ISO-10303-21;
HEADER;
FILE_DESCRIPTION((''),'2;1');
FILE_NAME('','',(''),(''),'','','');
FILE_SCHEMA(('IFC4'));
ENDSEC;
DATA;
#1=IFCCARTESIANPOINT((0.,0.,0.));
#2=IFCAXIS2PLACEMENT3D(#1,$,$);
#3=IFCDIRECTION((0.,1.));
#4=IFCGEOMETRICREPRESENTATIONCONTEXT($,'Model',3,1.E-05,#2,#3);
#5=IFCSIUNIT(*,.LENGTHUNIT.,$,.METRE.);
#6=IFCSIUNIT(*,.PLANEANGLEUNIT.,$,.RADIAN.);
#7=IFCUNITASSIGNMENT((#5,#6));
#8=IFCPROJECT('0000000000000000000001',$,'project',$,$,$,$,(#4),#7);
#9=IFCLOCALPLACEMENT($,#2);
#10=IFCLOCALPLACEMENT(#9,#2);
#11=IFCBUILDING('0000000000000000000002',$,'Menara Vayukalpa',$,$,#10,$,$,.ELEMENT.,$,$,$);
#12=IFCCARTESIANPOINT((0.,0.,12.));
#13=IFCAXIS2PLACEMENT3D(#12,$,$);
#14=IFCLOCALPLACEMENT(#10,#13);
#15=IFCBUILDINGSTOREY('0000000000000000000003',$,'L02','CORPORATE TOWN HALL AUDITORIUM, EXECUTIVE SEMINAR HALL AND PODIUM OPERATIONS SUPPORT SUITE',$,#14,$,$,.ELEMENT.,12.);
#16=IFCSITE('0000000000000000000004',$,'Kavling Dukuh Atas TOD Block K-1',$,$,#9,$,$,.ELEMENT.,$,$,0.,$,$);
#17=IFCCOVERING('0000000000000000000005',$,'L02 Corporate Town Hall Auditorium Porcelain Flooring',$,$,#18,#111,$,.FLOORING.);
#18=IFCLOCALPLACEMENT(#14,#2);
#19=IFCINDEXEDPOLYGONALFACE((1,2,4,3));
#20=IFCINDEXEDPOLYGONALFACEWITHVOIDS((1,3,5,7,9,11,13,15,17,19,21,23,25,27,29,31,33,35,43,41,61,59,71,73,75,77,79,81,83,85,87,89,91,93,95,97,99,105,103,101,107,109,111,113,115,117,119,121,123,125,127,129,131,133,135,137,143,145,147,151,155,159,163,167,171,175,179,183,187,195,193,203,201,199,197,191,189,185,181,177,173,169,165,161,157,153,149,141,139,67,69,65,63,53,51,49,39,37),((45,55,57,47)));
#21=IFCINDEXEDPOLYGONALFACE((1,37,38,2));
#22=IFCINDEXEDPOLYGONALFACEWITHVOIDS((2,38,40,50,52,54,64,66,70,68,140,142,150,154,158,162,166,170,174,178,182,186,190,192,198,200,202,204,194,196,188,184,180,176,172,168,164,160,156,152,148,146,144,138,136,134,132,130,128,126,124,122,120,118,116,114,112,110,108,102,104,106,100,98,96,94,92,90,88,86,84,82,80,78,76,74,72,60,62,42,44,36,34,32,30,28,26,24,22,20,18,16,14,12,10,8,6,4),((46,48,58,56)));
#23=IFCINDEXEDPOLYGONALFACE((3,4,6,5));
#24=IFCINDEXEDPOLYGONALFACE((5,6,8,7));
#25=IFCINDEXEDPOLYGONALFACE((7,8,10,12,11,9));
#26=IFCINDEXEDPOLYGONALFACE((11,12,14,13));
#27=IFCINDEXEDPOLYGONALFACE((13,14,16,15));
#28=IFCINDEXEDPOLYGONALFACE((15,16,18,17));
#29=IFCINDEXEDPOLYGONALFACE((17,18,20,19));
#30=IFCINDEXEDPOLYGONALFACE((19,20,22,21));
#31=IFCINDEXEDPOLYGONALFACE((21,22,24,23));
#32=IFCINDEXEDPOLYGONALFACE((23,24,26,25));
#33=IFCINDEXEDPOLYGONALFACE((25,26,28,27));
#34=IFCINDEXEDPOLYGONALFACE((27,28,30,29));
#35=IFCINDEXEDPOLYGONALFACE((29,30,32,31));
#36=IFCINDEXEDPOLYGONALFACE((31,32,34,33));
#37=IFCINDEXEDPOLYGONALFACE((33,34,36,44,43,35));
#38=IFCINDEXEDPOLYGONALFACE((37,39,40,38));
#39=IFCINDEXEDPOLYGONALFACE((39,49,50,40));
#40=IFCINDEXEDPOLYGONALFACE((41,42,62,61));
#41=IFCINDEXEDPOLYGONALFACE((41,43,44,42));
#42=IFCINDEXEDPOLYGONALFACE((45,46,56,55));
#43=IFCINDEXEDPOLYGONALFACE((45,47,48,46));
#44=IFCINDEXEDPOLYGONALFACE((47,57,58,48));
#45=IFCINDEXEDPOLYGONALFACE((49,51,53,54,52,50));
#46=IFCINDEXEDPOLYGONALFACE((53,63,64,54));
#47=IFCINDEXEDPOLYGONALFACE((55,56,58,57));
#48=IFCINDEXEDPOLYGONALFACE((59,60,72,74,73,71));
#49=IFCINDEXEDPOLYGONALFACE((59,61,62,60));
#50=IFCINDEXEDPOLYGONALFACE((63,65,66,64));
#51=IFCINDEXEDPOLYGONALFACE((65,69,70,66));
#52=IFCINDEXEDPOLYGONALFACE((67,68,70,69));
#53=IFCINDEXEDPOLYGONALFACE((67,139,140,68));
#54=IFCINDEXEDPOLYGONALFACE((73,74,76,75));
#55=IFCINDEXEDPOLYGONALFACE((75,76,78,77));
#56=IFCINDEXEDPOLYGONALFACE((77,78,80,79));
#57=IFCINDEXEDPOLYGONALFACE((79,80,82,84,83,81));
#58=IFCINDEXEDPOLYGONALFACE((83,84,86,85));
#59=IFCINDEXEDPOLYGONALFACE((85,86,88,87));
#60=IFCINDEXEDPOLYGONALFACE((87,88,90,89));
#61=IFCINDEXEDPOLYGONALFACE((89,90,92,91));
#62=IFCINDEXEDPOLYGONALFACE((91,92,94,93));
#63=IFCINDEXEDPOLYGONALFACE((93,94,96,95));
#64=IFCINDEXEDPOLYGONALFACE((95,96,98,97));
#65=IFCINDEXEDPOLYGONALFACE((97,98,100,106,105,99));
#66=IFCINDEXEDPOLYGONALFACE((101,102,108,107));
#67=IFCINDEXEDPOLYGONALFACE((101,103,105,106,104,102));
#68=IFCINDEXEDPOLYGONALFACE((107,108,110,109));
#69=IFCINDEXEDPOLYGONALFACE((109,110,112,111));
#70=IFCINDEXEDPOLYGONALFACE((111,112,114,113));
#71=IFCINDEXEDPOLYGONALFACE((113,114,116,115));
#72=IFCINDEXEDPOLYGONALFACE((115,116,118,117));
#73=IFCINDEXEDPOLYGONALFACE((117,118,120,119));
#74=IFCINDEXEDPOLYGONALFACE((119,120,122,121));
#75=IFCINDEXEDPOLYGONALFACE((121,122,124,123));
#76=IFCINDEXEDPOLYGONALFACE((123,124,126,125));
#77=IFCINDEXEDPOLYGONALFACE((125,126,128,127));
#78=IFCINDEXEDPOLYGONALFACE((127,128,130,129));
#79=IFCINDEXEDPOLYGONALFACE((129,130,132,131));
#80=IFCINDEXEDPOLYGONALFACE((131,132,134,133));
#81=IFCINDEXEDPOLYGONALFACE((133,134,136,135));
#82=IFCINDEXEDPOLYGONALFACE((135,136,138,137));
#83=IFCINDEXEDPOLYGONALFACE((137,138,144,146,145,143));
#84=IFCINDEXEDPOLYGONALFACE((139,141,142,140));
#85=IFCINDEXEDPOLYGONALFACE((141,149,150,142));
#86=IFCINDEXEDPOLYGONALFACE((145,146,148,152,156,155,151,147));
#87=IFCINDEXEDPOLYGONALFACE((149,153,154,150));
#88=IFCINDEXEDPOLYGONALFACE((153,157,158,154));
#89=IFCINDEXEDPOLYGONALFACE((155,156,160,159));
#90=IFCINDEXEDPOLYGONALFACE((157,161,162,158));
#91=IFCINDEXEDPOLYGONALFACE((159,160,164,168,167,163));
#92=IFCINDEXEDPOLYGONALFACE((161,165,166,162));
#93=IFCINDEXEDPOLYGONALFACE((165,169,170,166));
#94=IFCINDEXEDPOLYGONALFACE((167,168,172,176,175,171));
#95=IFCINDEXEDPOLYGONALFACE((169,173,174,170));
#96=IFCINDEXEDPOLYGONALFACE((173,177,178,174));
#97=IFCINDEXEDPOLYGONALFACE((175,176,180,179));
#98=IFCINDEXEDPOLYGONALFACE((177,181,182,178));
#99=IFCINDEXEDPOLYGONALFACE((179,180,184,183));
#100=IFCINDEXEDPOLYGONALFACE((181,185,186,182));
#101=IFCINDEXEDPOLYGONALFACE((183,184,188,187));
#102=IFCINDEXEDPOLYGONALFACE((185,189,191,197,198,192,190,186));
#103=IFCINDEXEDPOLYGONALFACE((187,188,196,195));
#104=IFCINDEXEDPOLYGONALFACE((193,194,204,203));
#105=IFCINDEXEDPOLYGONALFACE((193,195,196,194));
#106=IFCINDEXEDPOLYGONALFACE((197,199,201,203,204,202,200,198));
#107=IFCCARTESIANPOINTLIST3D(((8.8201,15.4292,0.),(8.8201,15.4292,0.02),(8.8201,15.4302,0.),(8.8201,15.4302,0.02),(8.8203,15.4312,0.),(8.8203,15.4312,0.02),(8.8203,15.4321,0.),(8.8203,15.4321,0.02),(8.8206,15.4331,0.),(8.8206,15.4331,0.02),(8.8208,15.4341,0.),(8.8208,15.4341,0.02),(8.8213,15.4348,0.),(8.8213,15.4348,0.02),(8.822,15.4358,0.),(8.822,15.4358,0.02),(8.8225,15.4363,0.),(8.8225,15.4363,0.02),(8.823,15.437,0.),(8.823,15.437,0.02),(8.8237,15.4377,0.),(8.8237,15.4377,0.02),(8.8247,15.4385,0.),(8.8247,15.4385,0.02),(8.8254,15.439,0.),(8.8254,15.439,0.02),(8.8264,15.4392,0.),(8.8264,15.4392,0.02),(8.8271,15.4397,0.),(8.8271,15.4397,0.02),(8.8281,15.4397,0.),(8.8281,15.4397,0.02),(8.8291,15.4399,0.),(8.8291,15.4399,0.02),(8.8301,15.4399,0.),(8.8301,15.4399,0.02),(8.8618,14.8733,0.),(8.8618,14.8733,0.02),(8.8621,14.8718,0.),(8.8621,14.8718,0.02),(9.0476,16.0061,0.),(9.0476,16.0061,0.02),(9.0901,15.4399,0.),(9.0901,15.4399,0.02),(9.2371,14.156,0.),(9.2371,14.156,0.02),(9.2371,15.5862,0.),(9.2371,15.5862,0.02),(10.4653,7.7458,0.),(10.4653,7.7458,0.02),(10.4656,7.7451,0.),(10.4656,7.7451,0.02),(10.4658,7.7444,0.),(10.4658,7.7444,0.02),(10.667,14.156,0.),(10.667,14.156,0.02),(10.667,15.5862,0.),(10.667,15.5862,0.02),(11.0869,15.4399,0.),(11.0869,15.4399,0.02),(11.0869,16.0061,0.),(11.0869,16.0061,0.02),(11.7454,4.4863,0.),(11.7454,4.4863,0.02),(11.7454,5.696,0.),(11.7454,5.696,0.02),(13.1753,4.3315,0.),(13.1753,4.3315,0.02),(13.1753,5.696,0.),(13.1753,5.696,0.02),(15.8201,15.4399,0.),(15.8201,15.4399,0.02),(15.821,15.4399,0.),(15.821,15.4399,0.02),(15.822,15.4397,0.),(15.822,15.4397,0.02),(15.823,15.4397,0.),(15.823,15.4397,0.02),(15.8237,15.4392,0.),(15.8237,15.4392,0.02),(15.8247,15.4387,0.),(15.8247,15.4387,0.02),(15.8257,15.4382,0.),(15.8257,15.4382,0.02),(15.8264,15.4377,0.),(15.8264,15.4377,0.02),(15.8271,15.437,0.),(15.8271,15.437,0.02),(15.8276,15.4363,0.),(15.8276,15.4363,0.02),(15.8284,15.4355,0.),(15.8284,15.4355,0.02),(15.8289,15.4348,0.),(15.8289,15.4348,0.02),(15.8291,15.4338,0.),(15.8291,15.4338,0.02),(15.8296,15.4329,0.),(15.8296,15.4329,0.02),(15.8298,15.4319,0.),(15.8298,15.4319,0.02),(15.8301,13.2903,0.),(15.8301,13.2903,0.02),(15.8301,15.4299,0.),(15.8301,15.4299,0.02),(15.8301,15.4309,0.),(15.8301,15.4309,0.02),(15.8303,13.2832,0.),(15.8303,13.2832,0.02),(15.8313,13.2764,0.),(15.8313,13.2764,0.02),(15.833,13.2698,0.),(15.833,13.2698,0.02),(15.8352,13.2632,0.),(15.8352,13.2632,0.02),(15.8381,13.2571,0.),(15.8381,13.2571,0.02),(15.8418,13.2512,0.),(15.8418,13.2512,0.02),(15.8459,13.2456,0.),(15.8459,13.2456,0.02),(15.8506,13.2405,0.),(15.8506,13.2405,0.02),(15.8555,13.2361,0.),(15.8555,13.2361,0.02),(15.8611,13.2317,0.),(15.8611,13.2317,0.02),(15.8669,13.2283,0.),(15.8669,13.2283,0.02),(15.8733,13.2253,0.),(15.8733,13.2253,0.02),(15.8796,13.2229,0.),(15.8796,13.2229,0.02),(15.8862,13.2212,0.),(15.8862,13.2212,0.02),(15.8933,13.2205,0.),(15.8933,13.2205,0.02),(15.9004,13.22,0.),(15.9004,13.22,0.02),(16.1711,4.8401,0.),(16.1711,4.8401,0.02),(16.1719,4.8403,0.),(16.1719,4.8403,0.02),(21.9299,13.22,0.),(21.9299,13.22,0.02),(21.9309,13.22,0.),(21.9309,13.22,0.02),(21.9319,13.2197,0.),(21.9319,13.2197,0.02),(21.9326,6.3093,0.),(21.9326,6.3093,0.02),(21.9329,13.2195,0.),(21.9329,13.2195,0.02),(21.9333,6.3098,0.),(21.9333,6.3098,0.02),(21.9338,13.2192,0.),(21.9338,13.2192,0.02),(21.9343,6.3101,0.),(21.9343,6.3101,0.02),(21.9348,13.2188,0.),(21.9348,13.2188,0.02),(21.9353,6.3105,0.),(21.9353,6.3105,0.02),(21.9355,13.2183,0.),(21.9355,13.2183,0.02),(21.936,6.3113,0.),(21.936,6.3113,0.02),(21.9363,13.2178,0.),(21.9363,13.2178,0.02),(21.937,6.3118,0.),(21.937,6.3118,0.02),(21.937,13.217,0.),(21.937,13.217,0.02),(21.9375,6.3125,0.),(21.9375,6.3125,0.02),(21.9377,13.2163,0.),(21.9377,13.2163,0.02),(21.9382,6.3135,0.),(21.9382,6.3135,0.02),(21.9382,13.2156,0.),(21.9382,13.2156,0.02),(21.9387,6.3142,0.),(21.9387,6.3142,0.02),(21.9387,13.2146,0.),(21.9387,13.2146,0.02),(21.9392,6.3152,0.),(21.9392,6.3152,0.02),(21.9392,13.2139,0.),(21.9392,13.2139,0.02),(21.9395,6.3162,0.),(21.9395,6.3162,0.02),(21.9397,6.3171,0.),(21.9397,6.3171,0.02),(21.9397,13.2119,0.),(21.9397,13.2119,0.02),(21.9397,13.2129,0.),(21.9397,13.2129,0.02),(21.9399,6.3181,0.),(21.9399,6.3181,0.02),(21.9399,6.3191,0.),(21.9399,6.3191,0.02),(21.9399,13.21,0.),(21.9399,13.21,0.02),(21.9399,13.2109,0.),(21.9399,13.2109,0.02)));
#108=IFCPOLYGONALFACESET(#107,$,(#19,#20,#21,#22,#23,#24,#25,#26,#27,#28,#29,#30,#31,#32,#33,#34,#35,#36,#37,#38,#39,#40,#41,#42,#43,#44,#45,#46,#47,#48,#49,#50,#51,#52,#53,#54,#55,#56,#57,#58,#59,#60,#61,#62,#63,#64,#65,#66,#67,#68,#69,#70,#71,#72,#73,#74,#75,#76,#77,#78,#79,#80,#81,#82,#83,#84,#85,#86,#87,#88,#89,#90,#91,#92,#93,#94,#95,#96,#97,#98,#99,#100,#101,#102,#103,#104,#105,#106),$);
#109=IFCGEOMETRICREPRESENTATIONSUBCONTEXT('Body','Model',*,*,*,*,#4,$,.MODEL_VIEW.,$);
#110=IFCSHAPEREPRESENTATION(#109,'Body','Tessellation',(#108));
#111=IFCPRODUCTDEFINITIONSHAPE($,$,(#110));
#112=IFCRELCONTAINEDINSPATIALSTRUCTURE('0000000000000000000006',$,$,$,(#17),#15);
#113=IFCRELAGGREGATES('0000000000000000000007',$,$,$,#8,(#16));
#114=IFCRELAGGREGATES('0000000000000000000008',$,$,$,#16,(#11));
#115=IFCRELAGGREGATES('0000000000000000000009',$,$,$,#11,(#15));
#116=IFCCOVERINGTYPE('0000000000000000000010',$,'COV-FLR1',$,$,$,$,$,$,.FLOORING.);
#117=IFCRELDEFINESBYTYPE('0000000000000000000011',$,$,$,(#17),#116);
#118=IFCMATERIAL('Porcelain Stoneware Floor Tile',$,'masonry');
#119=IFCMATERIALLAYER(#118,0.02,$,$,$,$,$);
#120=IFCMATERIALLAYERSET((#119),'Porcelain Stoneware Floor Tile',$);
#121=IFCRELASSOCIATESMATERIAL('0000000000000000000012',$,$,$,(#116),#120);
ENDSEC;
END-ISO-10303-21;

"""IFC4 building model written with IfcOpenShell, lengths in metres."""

from ifc_helpers import new_model, si_unit, direction, frame, origin, place, context, subcontext, project, spatial, polyline, outline, extrude, material, layer, layer_set, type_object, element, save


model = new_model("IFC4")

# Units and contexts
model_context = context("Model", 3, precision=1e-05, world=origin(), true_north=direction((0.0, 1.0)))
body_context = subcontext(model_context, "Body", "Model", "MODEL_VIEW")
ifc_project = project(units=[si_unit("LENGTHUNIT", "METRE"), si_unit("PLANEANGLEUNIT", "RADIAN")], contexts=[model_context])

# Site, building, storey
site_placement = place(None, origin())
site = spatial("IfcSite", under=ifc_project, at=site_placement, Name="Kavling Dukuh Atas TOD Block K-1", CompositionType="ELEMENT", RefElevation=0.0)
building_placement = place(site_placement, origin())
building = spatial("IfcBuilding", under=site, at=building_placement, Name="Menara Vayukalpa", CompositionType="ELEMENT")
storey_placement = place(building_placement, frame((0.0, 0.0, 12.0)))
storey = spatial("IfcBuildingStorey", under=building, at=storey_placement, Name="L02", Description="CORPORATE TOWN HALL AUDITORIUM, EXECUTIVE SEMINAR HALL AND PODIUM OPERATIONS SUPPORT SUITE", CompositionType="ELEMENT", Elevation=12.0)

# Covering
ifc_material_1 = material(Name="Porcelain Stoneware Floor Tile", Category="masonry")
ifc_layer_1 = layer(ifc_material_1, 0.02)
ifc_layer_set_1 = layer_set([ifc_layer_1], Name="Porcelain Stoneware Floor Tile")
covering_type_1 = type_object("IfcCoveringType", Name="COV-FLR1", PredefinedType="FLOORING", material=ifc_layer_set_1)
covering_1_placement = place(storey_placement, origin())
element("IfcCovering", 1, at=covering_1_placement, inside=storey, type_object=covering_type_1, Name="L02 Corporate Town Hall Auditorium Porcelain Flooring", PredefinedType="FLOORING", context=body_context, shape_type="SweptSolid", body=[
    extrude(outline(polyline([(10.4658, 7.7444), (10.4656, 7.7451), (10.4653, 7.7458), (8.8621, 14.8718), (8.8618, 14.8733), (8.8201, 15.4292), (8.8201, 15.4302), (8.8203, 15.4312), (8.8203, 15.4321), (8.8206, 15.4331), (8.8208, 15.4341), (8.8213, 15.4348), (8.822, 15.4358), (8.8225, 15.4363), (8.823, 15.437), (8.8237, 15.4377), (8.8247, 15.4385), (8.8254, 15.439), (8.8264, 15.4392), (8.8271, 15.4397), (8.8281, 15.4397), (8.8291, 15.4399), (8.8301, 15.4399), (9.0901, 15.4399), (9.0476, 16.0061), (11.0869, 16.0061), (11.0869, 15.4399), (15.8201, 15.4399), (15.821, 15.4399), (15.822, 15.4397), (15.823, 15.4397), (15.8237, 15.4392), (15.8247, 15.4387), (15.8257, 15.4382), (15.8264, 15.4377), (15.8271, 15.437), (15.8276, 15.4363), (15.8284, 15.4355), (15.8289, 15.4348), (15.8291, 15.4338), (15.8296, 15.4329), (15.8298, 15.4319), (15.8301, 15.4309), (15.8301, 15.4299), (15.8301, 13.2903), (15.8303, 13.2832), (15.8313, 13.2764), (15.833, 13.2698), (15.8352, 13.2632), (15.8381, 13.2571), (15.8418, 13.2512), (15.8459, 13.2456), (15.8506, 13.2405), (15.8555, 13.2361), (15.8611, 13.2317), (15.8669, 13.2283), (15.8733, 13.2253), (15.8796, 13.2229), (15.8862, 13.2212), (15.8933, 13.2205), (15.9004, 13.22), (21.9299, 13.22), (21.9309, 13.22), (21.9319, 13.2197), (21.9329, 13.2195), (21.9338, 13.2192), (21.9348, 13.2188), (21.9355, 13.2183), (21.9363, 13.2178), (21.937, 13.217), (21.9377, 13.2163), (21.9382, 13.2156), (21.9387, 13.2146), (21.9392, 13.2139), (21.9397, 13.2129), (21.9397, 13.2119), (21.9399, 13.2109), (21.9399, 13.21), (21.9399, 6.3191), (21.9399, 6.3181), (21.9397, 6.3171), (21.9395, 6.3162), (21.9392, 6.3152), (21.9387, 6.3142), (21.9382, 6.3135), (21.9375, 6.3125), (21.937, 6.3118), (21.936, 6.3113), (21.9353, 6.3105), (21.9343, 6.3101), (21.9333, 6.3098), (21.9326, 6.3093), (16.1719, 4.8403), (16.1711, 4.8401), (13.1753, 4.3315), (13.1753, 5.696), (11.7454, 5.696), (11.7454, 4.4863), (10.4658, 7.7444)]), holes=[polyline([(10.667, 15.5862), (9.2371, 15.5862), (9.2371, 14.156), (10.667, 14.156), (10.667, 15.5862)])]), origin(), (0.0, 0.0, 1.0), 0.02),
])

save(model, "model.ifc")
